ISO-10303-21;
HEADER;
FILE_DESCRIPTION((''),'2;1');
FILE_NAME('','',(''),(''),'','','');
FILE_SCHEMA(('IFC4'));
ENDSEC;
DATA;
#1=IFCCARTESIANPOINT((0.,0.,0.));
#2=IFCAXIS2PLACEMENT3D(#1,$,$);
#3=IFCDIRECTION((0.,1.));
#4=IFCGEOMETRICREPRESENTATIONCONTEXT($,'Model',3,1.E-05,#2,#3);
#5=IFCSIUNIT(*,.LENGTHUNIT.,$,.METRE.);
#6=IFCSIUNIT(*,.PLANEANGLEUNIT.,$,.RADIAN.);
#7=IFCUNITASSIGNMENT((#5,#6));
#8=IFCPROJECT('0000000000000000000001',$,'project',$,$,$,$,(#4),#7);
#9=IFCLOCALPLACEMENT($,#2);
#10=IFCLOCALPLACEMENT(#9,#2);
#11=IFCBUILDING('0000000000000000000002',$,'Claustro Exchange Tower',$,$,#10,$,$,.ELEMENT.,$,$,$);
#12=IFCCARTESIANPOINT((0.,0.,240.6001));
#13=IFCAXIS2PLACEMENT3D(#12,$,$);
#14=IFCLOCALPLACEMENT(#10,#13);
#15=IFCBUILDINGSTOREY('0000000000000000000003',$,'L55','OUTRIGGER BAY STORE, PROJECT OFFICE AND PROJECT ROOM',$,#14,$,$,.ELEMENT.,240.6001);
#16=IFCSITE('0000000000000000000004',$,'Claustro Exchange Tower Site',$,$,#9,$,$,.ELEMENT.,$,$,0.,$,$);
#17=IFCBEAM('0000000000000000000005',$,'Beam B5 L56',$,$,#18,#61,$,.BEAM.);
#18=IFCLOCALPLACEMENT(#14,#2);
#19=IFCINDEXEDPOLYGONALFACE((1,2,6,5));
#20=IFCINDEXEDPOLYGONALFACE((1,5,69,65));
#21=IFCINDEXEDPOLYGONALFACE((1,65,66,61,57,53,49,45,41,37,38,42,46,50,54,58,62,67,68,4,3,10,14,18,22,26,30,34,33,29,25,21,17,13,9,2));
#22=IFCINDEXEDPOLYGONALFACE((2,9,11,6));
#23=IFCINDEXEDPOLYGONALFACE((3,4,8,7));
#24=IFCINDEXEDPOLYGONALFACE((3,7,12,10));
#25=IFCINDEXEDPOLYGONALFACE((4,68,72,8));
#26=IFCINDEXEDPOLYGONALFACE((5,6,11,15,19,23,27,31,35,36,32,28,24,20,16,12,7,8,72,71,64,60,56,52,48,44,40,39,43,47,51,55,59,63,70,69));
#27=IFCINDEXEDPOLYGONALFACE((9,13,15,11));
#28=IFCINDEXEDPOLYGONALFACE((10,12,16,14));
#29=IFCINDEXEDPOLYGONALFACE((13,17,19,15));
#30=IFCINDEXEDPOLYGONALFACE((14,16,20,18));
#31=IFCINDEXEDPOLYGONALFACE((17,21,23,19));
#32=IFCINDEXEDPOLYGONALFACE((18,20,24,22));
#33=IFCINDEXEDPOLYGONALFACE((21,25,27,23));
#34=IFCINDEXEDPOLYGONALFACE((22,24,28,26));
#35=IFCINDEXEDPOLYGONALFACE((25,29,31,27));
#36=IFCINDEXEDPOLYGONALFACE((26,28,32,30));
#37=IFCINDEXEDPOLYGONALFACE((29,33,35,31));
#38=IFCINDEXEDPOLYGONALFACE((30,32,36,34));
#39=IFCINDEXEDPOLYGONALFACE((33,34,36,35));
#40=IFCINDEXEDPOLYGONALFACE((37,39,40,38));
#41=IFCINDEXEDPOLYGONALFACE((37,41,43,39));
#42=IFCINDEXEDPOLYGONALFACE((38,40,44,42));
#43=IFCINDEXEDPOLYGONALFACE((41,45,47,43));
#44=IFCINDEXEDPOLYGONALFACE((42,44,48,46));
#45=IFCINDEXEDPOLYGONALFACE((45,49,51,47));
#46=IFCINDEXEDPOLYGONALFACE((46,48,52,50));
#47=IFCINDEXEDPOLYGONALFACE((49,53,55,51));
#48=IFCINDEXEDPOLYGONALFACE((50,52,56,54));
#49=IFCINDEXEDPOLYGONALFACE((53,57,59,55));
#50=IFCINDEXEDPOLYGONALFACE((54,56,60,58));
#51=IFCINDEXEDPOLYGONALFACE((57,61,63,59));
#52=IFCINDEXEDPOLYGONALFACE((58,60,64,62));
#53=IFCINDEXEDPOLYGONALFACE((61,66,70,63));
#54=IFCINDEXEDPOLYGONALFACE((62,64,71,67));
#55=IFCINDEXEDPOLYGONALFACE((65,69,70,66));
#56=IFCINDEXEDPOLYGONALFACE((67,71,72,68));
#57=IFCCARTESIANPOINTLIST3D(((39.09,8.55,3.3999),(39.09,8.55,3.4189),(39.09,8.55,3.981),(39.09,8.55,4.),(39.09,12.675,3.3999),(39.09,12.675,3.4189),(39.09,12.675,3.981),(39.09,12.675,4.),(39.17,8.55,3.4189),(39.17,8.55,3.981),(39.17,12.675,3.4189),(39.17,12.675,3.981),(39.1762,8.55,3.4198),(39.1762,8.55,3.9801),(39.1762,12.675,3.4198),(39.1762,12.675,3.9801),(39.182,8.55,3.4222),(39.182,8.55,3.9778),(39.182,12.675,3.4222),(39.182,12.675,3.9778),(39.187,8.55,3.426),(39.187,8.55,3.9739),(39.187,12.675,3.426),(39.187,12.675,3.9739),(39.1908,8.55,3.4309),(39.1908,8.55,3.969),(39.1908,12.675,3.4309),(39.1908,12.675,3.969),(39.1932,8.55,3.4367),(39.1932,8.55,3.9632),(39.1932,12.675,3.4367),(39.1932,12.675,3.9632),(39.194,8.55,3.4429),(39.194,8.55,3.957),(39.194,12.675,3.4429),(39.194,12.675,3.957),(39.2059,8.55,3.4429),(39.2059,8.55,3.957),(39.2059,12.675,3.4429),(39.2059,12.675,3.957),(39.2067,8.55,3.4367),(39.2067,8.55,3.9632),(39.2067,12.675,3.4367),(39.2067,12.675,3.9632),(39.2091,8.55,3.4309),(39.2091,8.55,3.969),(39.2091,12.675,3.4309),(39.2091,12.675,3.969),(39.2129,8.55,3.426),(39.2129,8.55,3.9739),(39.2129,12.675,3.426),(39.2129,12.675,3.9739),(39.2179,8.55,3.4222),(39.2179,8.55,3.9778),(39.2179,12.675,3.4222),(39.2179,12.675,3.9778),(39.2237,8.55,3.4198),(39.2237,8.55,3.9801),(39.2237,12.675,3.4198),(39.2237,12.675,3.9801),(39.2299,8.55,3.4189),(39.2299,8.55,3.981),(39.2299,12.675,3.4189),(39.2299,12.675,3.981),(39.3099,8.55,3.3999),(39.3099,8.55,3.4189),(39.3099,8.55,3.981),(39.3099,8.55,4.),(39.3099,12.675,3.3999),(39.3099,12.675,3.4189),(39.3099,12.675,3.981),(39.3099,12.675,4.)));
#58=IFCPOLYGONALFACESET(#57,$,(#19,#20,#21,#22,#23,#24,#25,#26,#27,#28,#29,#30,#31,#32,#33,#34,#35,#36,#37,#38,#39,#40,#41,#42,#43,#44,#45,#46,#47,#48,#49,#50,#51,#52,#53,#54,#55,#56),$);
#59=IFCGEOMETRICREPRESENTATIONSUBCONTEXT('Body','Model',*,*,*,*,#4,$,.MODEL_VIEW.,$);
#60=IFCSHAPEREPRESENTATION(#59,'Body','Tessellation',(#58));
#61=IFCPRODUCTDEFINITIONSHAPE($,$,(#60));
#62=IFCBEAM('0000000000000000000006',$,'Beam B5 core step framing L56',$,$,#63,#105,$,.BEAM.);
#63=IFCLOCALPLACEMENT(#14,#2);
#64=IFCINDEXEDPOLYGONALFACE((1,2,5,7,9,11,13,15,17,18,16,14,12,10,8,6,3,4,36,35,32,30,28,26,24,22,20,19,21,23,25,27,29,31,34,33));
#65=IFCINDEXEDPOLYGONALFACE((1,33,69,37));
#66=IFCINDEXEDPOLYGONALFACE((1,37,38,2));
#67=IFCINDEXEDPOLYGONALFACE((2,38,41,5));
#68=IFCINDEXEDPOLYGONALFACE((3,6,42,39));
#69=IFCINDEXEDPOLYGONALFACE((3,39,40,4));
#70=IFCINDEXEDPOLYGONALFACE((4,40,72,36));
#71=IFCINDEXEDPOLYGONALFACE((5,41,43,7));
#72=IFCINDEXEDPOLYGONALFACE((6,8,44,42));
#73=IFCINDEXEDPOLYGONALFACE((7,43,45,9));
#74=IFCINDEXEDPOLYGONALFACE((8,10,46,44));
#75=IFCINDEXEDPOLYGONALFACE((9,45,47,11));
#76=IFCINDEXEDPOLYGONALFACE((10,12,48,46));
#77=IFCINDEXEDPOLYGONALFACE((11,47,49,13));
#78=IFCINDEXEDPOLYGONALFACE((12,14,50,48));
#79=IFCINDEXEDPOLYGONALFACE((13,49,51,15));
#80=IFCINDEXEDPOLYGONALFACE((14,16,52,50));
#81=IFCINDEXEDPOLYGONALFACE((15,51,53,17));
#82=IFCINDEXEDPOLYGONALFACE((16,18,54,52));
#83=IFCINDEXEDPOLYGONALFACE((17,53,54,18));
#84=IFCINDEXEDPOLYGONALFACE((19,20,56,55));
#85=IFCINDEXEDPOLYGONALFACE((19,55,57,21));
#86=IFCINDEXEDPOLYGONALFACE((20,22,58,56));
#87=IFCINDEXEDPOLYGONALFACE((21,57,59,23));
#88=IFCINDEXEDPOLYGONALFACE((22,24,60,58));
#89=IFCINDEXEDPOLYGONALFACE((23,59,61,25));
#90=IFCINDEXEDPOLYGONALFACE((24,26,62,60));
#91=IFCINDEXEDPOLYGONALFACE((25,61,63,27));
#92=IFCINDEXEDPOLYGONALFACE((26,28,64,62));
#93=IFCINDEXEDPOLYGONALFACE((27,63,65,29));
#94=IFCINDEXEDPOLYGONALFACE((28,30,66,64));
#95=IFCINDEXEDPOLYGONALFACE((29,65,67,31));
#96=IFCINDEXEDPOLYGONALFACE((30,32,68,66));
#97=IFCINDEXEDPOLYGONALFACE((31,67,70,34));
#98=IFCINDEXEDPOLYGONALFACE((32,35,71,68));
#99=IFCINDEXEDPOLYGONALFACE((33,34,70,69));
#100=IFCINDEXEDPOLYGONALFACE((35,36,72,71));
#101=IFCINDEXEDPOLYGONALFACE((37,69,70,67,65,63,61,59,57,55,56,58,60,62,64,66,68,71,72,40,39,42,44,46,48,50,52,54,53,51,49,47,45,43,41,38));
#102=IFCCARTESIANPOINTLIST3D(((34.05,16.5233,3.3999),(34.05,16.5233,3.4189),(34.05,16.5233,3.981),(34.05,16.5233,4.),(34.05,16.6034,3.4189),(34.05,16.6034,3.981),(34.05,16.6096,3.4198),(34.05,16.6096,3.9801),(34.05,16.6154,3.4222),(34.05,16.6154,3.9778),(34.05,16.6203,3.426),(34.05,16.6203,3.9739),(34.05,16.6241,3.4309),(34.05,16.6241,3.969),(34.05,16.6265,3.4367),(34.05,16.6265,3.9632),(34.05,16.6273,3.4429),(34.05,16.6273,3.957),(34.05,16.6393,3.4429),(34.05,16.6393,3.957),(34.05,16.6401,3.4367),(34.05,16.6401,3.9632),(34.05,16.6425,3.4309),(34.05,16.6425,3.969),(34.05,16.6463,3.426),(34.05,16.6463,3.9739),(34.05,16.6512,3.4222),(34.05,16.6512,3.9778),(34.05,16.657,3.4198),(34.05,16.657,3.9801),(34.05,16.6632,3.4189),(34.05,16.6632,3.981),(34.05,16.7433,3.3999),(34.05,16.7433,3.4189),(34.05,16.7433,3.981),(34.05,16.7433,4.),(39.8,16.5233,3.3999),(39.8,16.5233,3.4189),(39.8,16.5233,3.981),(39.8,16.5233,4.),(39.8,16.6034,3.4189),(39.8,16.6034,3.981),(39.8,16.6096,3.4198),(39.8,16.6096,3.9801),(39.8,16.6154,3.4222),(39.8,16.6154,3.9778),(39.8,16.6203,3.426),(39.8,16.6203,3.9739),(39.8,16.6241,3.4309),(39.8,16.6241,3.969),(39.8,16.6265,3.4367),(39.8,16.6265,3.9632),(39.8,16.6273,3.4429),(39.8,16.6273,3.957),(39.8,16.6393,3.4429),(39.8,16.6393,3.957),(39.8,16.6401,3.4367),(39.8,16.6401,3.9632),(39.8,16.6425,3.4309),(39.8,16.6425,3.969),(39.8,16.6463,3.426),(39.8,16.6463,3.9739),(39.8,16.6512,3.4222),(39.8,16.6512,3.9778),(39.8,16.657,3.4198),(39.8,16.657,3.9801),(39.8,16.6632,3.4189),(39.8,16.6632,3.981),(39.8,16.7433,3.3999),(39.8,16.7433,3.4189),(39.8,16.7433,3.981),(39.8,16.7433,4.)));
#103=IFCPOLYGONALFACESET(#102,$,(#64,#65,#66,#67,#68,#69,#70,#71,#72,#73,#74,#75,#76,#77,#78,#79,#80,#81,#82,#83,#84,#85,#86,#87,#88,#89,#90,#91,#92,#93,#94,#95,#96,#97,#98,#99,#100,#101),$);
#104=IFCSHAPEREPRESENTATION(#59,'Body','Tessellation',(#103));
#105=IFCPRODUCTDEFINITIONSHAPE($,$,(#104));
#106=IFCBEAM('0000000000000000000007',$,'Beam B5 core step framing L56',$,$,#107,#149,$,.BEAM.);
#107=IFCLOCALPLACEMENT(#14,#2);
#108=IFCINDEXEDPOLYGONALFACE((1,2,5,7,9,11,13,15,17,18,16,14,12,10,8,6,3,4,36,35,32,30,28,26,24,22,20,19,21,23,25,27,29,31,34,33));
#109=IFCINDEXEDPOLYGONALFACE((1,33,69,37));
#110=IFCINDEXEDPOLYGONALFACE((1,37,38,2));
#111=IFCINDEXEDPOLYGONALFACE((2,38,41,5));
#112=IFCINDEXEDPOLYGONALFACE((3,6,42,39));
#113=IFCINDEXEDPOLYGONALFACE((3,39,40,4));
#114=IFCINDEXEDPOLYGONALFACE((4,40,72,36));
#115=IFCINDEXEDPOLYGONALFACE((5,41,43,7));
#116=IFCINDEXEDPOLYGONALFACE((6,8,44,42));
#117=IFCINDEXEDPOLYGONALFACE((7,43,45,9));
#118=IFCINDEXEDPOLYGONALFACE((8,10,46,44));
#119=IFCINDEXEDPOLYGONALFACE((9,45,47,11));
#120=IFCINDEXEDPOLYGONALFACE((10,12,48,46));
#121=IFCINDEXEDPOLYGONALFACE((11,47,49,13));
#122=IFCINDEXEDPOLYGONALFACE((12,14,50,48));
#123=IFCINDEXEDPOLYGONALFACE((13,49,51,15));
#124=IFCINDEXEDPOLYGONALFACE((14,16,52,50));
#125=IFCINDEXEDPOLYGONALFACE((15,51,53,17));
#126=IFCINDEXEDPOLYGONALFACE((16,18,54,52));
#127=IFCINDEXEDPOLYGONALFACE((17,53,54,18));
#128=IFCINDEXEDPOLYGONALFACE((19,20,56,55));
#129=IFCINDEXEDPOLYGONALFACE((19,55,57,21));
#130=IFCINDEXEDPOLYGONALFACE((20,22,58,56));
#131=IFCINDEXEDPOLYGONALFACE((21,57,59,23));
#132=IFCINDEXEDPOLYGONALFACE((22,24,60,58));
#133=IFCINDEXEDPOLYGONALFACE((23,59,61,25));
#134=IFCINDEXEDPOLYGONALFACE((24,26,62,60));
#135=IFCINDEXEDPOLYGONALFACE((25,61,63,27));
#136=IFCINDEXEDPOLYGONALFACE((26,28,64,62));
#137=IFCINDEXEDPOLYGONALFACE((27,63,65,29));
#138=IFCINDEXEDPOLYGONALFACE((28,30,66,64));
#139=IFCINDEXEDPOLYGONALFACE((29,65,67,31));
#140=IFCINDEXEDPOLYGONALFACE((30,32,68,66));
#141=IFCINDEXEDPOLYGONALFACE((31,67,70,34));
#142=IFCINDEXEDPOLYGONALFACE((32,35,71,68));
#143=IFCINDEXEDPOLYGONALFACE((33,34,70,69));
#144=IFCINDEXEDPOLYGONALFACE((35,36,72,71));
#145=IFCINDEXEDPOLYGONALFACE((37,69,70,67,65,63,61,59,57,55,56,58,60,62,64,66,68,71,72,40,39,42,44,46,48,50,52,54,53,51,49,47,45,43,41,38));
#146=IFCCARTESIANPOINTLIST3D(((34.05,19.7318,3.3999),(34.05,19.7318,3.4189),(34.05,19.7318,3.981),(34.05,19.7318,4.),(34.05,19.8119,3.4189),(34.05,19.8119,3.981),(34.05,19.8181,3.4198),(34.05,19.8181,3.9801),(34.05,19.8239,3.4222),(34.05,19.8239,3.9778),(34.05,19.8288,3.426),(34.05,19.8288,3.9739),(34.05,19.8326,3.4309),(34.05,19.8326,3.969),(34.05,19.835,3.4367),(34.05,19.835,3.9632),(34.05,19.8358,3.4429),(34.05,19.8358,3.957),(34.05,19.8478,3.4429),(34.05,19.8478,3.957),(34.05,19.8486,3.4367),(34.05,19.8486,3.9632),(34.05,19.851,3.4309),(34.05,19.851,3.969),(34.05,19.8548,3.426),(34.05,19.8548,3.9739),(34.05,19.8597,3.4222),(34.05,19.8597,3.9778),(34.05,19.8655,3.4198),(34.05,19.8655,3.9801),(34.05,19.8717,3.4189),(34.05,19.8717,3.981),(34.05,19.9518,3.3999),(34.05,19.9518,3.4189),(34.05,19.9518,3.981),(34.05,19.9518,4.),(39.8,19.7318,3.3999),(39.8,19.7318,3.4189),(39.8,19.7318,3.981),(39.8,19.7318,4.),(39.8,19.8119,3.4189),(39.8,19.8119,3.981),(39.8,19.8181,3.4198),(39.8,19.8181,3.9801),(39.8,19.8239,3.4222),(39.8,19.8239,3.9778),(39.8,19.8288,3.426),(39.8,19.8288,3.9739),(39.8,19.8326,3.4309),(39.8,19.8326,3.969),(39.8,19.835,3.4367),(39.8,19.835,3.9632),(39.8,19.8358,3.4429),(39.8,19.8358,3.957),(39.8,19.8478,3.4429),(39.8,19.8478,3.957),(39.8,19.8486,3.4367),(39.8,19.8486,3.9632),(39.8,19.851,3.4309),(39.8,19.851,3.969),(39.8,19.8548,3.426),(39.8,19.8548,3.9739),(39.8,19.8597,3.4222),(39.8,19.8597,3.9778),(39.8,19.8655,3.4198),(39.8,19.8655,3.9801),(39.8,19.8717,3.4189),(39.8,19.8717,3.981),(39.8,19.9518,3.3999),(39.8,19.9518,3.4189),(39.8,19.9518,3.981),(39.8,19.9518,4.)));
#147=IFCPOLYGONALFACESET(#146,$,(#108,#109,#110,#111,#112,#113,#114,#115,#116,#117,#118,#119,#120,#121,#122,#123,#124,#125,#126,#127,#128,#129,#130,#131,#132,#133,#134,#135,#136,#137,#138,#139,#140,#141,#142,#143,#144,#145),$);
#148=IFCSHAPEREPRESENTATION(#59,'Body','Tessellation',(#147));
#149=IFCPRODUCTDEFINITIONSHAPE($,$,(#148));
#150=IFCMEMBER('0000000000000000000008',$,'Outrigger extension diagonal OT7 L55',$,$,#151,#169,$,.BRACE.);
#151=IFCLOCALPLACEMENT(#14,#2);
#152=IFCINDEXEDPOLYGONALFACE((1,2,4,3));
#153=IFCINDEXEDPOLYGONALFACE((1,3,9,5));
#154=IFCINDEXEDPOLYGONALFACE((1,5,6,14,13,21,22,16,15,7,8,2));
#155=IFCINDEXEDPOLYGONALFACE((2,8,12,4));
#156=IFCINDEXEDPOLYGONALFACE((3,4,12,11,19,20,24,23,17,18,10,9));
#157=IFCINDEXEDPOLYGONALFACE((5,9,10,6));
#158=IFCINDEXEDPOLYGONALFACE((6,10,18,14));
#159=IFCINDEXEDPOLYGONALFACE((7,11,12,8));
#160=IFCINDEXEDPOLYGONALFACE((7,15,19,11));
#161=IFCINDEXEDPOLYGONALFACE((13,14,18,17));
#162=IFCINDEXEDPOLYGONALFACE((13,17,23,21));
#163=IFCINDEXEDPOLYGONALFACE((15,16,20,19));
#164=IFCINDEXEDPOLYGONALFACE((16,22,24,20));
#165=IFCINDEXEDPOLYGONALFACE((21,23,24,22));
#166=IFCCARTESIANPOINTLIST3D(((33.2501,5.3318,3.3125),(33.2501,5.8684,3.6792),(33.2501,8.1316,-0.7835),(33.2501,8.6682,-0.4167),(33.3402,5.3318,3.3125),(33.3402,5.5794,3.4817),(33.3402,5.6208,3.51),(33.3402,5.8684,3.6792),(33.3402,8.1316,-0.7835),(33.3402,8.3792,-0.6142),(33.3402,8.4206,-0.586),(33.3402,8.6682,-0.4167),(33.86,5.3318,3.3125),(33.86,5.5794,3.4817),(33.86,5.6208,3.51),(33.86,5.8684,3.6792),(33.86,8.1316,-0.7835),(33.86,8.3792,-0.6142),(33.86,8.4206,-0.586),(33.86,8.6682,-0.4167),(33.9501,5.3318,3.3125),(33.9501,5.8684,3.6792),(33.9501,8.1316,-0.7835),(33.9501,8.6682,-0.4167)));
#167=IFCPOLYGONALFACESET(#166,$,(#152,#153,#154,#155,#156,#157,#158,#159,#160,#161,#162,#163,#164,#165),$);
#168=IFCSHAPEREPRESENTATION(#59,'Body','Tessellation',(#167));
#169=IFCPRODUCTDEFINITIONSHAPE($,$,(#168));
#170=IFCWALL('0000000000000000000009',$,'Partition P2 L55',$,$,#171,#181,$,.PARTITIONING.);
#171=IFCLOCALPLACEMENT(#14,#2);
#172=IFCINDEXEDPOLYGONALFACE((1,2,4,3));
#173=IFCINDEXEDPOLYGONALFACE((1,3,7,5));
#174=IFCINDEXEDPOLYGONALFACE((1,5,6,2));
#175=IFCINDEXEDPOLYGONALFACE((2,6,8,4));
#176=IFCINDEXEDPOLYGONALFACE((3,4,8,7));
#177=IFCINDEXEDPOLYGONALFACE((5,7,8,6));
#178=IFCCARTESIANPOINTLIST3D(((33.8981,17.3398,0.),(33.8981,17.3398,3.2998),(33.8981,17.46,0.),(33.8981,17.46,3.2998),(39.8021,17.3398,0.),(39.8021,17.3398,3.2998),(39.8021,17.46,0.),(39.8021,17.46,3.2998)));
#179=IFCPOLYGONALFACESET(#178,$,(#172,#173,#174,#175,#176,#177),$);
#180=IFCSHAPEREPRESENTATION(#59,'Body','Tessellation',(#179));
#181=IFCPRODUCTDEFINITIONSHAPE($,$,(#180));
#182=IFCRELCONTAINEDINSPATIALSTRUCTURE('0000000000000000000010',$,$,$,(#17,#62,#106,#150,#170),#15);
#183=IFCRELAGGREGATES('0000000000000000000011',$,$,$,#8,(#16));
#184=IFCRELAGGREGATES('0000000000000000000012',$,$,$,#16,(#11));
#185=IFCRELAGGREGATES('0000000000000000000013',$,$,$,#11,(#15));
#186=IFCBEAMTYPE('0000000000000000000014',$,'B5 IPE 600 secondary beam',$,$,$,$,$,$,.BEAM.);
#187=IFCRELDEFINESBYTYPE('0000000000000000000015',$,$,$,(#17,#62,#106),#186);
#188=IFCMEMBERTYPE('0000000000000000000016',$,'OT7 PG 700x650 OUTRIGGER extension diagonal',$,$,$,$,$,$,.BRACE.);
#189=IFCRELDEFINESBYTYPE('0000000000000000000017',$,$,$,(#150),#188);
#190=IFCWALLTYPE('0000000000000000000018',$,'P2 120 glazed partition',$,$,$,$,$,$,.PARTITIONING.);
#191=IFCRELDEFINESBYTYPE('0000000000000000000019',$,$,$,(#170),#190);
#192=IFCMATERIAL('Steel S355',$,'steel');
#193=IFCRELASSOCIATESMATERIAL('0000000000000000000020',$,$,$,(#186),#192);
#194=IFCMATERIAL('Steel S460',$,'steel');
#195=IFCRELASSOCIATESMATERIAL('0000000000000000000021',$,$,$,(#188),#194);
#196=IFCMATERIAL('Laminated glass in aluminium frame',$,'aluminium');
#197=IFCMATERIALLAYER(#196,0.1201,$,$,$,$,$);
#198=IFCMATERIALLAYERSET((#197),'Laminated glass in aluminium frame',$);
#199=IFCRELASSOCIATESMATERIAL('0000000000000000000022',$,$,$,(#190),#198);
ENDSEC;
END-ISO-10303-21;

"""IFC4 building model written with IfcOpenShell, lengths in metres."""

from ifc_helpers import new_model, si_unit, direction, frame, frame_2d, origin, origin_2d, place, context, subcontext, project, spatial, rectangle, i_section, extrude, material, layer, layer_set, material_profile, profile_set, type_object, element, save


model = new_model("IFC4")

# Units and contexts
model_context = context("Model", 3, precision=1e-05, world=origin(), true_north=direction((0.0, 1.0)))
body_context = subcontext(model_context, "Body", "Model", "MODEL_VIEW")
ifc_project = project(units=[si_unit("LENGTHUNIT", "METRE"), si_unit("PLANEANGLEUNIT", "RADIAN")], contexts=[model_context])

# Site, building, storey
site_placement = place(None, origin())
site = spatial("IfcSite", under=ifc_project, at=site_placement, Name="Claustro Exchange Tower Site", CompositionType="ELEMENT", RefElevation=0.0)
building_placement = place(site_placement, origin())
building = spatial("IfcBuilding", under=site, at=building_placement, Name="Claustro Exchange Tower", CompositionType="ELEMENT")
storey_placement = place(building_placement, frame((0.0, 0.0, 240.6001)))
storey = spatial("IfcBuildingStorey", under=building, at=storey_placement, Name="L55", Description="OUTRIGGER BAY STORE, PROJECT OFFICE AND PROJECT ROOM", CompositionType="ELEMENT", Elevation=240.6001)

# Beams
ifc_material_1 = material(Name="Steel S355", Category="steel")
ifc_material_profile_1 = material_profile(ifc_material_1, i_section(OverallWidth=0.22, OverallDepth=0.6001, WebThickness=0.012, FlangeThickness=0.019, FilletRadius=0.0239, at=origin_2d()), Name="IPE 600")
ifc_profile_set_1 = profile_set([ifc_material_profile_1], Name="Steel S355")
beam_type_1 = type_object("IfcBeamType", Name="B5 IPE 600 secondary beam", PredefinedType="BEAM", material=ifc_profile_set_1)
for number, where, z_axis, x_axis, name in (
    (1, (39.2, 8.55, 3.7), (0.0, 1.0, 0.0), (-1.0, 0.0, 0.0), "Beam B5 L56"),
):
    element("IfcBeam", number, at=place(storey_placement, frame(where, z_axis=z_axis, x_axis=x_axis)), inside=storey, type_object=beam_type_1, Name=name, PredefinedType="BEAM", context=body_context, shape_type="SweptSolid", body=[
        extrude(i_section(OverallWidth=0.22, OverallDepth=0.6001, WebThickness=0.012, FlangeThickness=0.019, FilletRadius=0.0239, at=origin_2d()), origin(), (0.0, 0.0, 1.0), 4.125),
    ])
for number, where, z_axis, x_axis, name in (
    (2, (34.05, 16.6333, 3.7), (1.0, 0.0, 0.0), (0.0, 1.0, 0.0), "Beam B5 core step framing L56"),
    (3, (34.05, 19.8418, 3.7), (1.0, 0.0, 0.0), (0.0, 1.0, 0.0), "Beam B5 core step framing L56"),
):
    element("IfcBeam", number, at=place(storey_placement, frame(where, z_axis=z_axis, x_axis=x_axis)), inside=storey, type_object=beam_type_1, Name=name, PredefinedType="BEAM", context=body_context, shape_type="SweptSolid", body=[
        extrude(i_section(OverallWidth=0.22, OverallDepth=0.6001, WebThickness=0.012, FlangeThickness=0.019, FilletRadius=0.0239, at=origin_2d()), origin(), (0.0, 0.0, 1.0), 5.75),
    ])

# Member
ifc_material_2 = material(Name="Steel S460", Category="steel")
ifc_material_profile_2 = material_profile(ifc_material_2, i_section(OverallWidth=0.6499, OverallDepth=0.7, WebThickness=0.05, FlangeThickness=0.0901, at=origin_2d()), Name="PG 700x650")
ifc_profile_set_2 = profile_set([ifc_material_profile_2], Name="Steel S460")
member_type = type_object("IfcMemberType", Name="OT7 PG 700x650 OUTRIGGER extension diagonal", PredefinedType="BRACE", material=ifc_profile_set_2)
member_placement = place(storey_placement, frame((33.6001, 8.3999, -0.6001), z_axis=(0.0, -0.564315, 0.825559), x_axis=(0.0, 0.825559, 0.564315)))
element("IfcMember", 4, at=member_placement, inside=storey, type_object=member_type, Name="Outrigger extension diagonal OT7 L55", PredefinedType="BRACE", context=body_context, shape_type="SweptSolid", body=[
    extrude(i_section(OverallWidth=0.6499, OverallDepth=0.7, WebThickness=0.05, FlangeThickness=0.0901, at=origin_2d()), origin(), (0.0, 0.0, 1.0), 4.9614),
])

# Wall
ifc_material_3 = material(Name="Laminated glass in aluminium frame", Category="aluminium")
ifc_layer_1 = layer(ifc_material_3, 0.1201)
ifc_layer_set_1 = layer_set([ifc_layer_1], Name="Laminated glass in aluminium frame")
wall_type_1 = type_object("IfcWallType", Name="P2 120 glazed partition", PredefinedType="PARTITIONING", material=ifc_layer_set_1)
wall_1_placement = place(storey_placement, frame((33.8979, 17.3999, 0.0), z_axis=(0.0, 0.0, 1.0), x_axis=(1.0, 0.0, 0.0)))
element("IfcWall", 5, at=wall_1_placement, inside=storey, type_object=wall_type_1, Name="Partition P2 L55", PredefinedType="PARTITIONING", context=body_context, shape_type="SweptSolid", body=[
    extrude(rectangle(XDim=5.9041, YDim=0.1201, at=frame_2d((2.9521, 0.0))), origin(), (0.0, 0.0, 1.0), 3.2998),
])

save(model, "model.ifc")
